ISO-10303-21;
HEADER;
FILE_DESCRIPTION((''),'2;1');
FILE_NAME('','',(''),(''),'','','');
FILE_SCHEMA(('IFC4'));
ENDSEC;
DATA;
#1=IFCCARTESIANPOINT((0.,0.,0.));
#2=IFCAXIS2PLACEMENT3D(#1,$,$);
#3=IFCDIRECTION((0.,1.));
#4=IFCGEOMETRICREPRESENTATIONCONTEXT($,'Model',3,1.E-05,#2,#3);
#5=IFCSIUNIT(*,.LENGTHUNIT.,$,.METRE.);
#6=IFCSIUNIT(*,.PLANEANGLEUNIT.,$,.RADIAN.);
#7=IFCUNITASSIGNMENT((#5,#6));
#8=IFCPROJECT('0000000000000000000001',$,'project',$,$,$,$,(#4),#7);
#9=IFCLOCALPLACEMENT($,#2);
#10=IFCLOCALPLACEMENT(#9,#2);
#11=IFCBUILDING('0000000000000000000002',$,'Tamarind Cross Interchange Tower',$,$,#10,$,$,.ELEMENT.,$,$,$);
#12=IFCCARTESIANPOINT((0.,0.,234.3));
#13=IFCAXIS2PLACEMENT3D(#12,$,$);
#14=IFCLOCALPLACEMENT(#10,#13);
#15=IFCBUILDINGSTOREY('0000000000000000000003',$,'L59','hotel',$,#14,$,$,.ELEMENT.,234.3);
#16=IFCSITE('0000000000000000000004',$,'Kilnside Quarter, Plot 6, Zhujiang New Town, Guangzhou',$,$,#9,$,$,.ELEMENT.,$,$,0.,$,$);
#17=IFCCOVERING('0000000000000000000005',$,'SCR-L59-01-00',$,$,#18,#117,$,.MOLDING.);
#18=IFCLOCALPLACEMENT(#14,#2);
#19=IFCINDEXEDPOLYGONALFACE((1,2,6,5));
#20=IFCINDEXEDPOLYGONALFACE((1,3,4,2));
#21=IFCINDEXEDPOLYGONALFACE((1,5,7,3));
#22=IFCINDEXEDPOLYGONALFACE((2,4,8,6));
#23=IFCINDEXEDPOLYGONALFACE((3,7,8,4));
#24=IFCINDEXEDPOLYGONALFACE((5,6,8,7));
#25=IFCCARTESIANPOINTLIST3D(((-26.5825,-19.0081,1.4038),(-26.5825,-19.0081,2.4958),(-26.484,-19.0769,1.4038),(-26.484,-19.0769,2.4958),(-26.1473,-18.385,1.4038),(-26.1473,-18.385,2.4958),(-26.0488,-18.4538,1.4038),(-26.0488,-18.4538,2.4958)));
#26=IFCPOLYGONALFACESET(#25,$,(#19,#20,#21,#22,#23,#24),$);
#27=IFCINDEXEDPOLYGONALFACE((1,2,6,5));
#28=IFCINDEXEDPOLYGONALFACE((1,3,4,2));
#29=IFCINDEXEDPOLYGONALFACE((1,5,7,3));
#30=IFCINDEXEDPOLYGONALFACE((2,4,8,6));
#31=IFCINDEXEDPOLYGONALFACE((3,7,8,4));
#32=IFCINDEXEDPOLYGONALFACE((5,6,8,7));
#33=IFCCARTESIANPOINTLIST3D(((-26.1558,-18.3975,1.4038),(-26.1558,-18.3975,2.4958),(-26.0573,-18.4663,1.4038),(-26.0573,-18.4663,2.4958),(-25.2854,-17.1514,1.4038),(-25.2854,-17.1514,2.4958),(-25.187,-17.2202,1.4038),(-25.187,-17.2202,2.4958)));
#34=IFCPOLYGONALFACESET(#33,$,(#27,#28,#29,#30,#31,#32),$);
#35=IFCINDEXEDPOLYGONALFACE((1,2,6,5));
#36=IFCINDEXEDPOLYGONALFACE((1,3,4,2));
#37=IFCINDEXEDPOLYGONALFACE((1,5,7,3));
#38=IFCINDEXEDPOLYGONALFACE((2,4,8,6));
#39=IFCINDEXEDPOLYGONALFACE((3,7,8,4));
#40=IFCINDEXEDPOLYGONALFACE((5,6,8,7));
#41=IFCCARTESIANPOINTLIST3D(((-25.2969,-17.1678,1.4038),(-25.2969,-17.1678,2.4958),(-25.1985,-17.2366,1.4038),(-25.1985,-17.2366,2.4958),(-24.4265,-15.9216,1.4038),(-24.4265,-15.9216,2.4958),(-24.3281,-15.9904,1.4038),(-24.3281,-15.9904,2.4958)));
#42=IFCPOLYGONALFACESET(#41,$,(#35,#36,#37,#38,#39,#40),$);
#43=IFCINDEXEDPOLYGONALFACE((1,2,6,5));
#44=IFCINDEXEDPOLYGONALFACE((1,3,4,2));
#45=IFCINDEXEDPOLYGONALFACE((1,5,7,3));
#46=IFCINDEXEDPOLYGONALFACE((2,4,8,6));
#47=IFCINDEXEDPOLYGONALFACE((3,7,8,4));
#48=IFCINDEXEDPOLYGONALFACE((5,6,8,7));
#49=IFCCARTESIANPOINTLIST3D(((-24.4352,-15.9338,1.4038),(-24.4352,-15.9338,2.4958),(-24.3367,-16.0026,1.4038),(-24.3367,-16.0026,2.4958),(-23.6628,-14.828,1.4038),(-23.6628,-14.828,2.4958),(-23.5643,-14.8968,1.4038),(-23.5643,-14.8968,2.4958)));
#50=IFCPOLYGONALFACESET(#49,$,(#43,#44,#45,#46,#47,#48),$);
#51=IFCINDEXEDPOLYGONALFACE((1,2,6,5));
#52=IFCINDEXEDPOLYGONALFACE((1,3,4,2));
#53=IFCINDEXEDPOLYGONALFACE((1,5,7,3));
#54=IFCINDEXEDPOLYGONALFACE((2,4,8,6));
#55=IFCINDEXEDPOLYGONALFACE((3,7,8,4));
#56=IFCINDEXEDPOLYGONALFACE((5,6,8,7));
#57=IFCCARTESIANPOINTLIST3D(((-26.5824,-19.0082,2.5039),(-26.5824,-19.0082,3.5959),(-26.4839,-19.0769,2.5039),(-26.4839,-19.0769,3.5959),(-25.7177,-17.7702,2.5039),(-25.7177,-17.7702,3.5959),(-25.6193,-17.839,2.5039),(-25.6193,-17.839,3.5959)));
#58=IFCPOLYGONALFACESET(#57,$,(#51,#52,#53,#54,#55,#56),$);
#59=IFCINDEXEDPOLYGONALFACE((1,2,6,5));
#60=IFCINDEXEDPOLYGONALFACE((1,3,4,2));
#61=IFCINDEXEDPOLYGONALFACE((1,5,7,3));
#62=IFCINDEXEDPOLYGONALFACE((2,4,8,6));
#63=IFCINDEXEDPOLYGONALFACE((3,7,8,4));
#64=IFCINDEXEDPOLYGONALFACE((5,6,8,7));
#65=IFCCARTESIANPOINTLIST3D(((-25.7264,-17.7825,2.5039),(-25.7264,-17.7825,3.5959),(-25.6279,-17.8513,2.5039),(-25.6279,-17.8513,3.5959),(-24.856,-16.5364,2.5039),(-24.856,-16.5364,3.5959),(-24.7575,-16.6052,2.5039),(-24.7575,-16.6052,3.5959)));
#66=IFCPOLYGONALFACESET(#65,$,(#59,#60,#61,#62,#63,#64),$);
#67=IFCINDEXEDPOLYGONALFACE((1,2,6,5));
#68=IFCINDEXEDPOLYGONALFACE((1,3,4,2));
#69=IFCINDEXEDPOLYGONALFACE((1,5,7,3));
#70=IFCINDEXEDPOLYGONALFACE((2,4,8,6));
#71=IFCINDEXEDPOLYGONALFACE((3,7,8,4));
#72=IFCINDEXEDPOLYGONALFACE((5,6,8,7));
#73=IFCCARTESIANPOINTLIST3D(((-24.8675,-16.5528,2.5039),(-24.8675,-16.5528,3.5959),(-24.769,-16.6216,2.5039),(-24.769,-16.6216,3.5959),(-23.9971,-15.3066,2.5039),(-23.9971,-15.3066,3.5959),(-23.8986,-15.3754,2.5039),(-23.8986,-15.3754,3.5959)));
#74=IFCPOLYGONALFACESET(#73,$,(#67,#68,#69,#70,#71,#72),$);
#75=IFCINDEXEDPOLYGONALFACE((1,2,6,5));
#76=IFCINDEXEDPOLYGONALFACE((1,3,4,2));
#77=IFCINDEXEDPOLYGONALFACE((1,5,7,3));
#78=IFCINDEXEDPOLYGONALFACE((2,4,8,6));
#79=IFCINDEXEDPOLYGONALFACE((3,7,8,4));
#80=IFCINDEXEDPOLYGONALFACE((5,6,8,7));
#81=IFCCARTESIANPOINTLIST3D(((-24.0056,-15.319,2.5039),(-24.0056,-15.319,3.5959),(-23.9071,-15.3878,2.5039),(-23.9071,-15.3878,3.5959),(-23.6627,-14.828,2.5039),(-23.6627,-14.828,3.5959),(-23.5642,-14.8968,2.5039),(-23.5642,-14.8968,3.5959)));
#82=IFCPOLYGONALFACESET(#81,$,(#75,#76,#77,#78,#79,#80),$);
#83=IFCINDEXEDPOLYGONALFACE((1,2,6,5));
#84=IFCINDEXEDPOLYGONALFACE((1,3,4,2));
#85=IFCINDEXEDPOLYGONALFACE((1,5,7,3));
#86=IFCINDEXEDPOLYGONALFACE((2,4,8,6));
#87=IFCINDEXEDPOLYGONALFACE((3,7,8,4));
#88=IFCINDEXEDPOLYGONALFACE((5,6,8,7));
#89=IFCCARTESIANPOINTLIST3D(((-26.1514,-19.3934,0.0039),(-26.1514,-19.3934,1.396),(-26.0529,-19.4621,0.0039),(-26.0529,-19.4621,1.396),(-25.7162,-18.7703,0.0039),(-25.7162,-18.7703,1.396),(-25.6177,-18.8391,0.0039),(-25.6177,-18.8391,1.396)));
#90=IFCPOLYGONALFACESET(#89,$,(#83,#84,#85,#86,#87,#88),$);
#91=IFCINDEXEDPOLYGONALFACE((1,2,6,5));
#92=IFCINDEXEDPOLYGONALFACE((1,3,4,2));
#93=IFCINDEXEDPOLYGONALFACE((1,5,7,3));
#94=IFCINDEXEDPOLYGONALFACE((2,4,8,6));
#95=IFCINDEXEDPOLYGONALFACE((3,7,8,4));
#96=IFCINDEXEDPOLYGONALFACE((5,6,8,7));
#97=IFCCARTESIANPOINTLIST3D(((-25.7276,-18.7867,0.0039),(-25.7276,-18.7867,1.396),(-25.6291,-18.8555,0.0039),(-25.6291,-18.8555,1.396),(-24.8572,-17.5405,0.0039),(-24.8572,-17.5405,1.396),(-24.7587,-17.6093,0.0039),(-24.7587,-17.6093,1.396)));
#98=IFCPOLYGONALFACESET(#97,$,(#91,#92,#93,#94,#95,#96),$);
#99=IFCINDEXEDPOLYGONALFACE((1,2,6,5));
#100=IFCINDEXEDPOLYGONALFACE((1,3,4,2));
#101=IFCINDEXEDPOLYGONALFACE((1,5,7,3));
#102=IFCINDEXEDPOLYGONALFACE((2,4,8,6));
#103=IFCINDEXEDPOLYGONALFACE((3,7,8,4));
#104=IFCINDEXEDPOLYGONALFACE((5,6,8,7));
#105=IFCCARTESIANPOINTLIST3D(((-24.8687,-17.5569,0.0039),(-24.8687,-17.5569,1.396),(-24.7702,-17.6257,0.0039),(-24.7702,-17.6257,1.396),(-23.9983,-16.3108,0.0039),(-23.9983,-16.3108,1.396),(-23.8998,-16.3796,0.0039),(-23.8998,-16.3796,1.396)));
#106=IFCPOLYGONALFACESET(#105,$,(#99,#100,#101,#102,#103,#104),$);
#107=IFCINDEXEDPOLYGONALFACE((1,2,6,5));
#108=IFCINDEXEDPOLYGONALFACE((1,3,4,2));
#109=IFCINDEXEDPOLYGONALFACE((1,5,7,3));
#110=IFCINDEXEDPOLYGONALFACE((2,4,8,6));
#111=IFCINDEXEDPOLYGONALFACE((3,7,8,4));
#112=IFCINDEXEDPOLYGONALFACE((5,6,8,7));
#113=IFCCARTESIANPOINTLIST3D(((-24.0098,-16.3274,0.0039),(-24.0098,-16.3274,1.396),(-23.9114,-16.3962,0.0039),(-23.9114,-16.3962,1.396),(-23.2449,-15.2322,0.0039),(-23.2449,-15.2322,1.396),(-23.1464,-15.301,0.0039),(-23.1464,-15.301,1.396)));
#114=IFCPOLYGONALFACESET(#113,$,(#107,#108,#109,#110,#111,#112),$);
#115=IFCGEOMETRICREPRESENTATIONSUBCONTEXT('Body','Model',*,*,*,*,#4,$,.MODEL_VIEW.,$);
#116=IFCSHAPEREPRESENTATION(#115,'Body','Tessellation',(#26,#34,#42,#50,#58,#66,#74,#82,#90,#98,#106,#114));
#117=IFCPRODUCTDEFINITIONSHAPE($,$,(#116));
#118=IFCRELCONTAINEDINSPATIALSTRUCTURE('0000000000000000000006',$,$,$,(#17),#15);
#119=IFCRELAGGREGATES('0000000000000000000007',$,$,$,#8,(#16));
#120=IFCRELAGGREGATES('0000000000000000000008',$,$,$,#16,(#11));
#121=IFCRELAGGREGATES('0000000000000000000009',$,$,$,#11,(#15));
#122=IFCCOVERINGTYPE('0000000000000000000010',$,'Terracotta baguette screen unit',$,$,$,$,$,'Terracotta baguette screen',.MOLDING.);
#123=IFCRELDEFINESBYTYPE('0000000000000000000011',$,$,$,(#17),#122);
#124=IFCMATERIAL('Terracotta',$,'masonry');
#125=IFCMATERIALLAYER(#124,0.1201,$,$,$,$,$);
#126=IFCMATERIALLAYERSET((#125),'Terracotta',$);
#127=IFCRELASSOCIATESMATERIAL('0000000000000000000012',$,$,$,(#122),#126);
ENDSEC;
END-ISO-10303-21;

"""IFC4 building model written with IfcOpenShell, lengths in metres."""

from ifc_helpers import new_model, si_unit, direction, frame, origin, origin_2d, place, context, subcontext, project, spatial, rectangle, extrude, material, layer, layer_set, type_object, element, save


model = new_model("IFC4")

# Units and contexts
model_context = context("Model", 3, precision=1e-05, world=origin(), true_north=direction((0.0, 1.0)))
body_context = subcontext(model_context, "Body", "Model", "MODEL_VIEW")
ifc_project = project(units=[si_unit("LENGTHUNIT", "METRE"), si_unit("PLANEANGLEUNIT", "RADIAN")], contexts=[model_context])

# Site, building, storey
site_placement = place(None, origin())
site = spatial("IfcSite", under=ifc_project, at=site_placement, Name="Kilnside Quarter, Plot 6, Zhujiang New Town, Guangzhou", CompositionType="ELEMENT", RefElevation=0.0)
building_placement = place(site_placement, origin())
building = spatial("IfcBuilding", under=site, at=building_placement, Name="Tamarind Cross Interchange Tower", CompositionType="ELEMENT")
storey_placement = place(building_placement, frame((0.0, 0.0, 234.3)))
storey = spatial("IfcBuildingStorey", under=building, at=storey_placement, Name="L59", Description="hotel", CompositionType="ELEMENT", Elevation=234.3)

# Covering
ifc_material_1 = material(Name="Terracotta", Category="masonry")
ifc_layer_1 = layer(ifc_material_1, 0.1201)
ifc_layer_set_1 = layer_set([ifc_layer_1], Name="Terracotta")
covering_type = type_object("IfcCoveringType", Name="Terracotta baguette screen unit", ElementType="Terracotta baguette screen", PredefinedType="MOLDING", material=ifc_layer_set_1)
covering_1_placement = place(storey_placement, origin())
element("IfcCovering", 1, at=covering_1_placement, inside=storey, type_object=covering_type, Name="SCR-L59-01-00", PredefinedType="MOLDING", context=body_context, shape_type="SweptSolid", body=[
    extrude(rectangle(XDim=0.76, YDim=0.1201, at=origin_2d()), frame((-26.3157, -18.731, 1.4038), z_axis=(0.0, 0.0, 1.0), x_axis=(0.572611, 0.819827, 0.0)), (0.0, 0.0, 1.0), 1.092),
    extrude(rectangle(XDim=1.52, YDim=0.1201, at=origin_2d()), frame((-25.6714, -17.8088, 1.4038), z_axis=(0.0, 0.0, 1.0), x_axis=(0.572611, 0.819827, 0.0)), (0.0, 0.0, 1.0), 1.092),
    extrude(rectangle(XDim=1.52, YDim=0.1201, at=origin_2d()), frame((-24.8125, -16.5791, 1.4038), z_axis=(0.0, 0.0, 1.0), x_axis=(0.572611, 0.819827, 0.0)), (0.0, 0.0, 1.0), 1.092),
    extrude(rectangle(XDim=1.3489, YDim=0.1201, at=origin_2d()), frame((-23.9998, -15.4153, 1.4038), z_axis=(0.0, 0.0, 1.0), x_axis=(0.572611, 0.819827, 0.0)), (0.0, 0.0, 1.0), 1.092),
    extrude(rectangle(XDim=1.51, YDim=0.1201, at=origin_2d()), frame((-26.1008, -18.4236, 2.5039), z_axis=(0.0, 0.0, 1.0), x_axis=(0.572611, 0.819827, 0.0)), (0.0, 0.0, 1.0), 1.092),
    extrude(rectangle(XDim=1.52, YDim=0.1201, at=origin_2d()), frame((-25.2419, -17.1938, 2.5039), z_axis=(0.0, 0.0, 1.0), x_axis=(0.572611, 0.819827, 0.0)), (0.0, 0.0, 1.0), 1.092),
    extrude(rectangle(XDim=1.52, YDim=0.1201, at=origin_2d()), frame((-24.3831, -15.9641, 2.5039), z_axis=(0.0, 0.0, 1.0), x_axis=(0.572611, 0.819827, 0.0)), (0.0, 0.0, 1.0), 1.092),
    extrude(rectangle(XDim=0.5989, YDim=0.1201, at=origin_2d()), frame((-23.7849, -15.1079, 2.5039), z_axis=(0.0, 0.0, 1.0), x_axis=(0.572611, 0.819827, 0.0)), (0.0, 0.0, 1.0), 1.092),
    extrude(rectangle(XDim=0.76, YDim=0.1201, at=origin_2d()), frame((-25.8845, -19.1162, 0.0039), z_axis=(0.0, 0.0, 1.0), x_axis=(0.572611, 0.819827, 0.0)), (0.0, 0.0, 1.0), 1.3921),
    extrude(rectangle(XDim=1.52, YDim=0.1201, at=origin_2d()), frame((-25.2432, -18.198, 0.0039), z_axis=(0.0, 0.0, 1.0), x_axis=(0.572611, 0.819827, 0.0)), (0.0, 0.0, 1.0), 1.3921),
    extrude(rectangle(XDim=1.52, YDim=0.1201, at=origin_2d()), frame((-24.3843, -16.9683, 0.0039), z_axis=(0.0, 0.0, 1.0), x_axis=(0.572611, 0.819827, 0.0)), (0.0, 0.0, 1.0), 1.3921),
    extrude(rectangle(XDim=1.3359, YDim=0.1201, at=origin_2d()), frame((-23.5781, -15.8142, 0.0039), z_axis=(0.0, 0.0, 1.0), x_axis=(0.572611, 0.819827, 0.0)), (0.0, 0.0, 1.0), 1.3921),
])

save(model, "model.ifc")
